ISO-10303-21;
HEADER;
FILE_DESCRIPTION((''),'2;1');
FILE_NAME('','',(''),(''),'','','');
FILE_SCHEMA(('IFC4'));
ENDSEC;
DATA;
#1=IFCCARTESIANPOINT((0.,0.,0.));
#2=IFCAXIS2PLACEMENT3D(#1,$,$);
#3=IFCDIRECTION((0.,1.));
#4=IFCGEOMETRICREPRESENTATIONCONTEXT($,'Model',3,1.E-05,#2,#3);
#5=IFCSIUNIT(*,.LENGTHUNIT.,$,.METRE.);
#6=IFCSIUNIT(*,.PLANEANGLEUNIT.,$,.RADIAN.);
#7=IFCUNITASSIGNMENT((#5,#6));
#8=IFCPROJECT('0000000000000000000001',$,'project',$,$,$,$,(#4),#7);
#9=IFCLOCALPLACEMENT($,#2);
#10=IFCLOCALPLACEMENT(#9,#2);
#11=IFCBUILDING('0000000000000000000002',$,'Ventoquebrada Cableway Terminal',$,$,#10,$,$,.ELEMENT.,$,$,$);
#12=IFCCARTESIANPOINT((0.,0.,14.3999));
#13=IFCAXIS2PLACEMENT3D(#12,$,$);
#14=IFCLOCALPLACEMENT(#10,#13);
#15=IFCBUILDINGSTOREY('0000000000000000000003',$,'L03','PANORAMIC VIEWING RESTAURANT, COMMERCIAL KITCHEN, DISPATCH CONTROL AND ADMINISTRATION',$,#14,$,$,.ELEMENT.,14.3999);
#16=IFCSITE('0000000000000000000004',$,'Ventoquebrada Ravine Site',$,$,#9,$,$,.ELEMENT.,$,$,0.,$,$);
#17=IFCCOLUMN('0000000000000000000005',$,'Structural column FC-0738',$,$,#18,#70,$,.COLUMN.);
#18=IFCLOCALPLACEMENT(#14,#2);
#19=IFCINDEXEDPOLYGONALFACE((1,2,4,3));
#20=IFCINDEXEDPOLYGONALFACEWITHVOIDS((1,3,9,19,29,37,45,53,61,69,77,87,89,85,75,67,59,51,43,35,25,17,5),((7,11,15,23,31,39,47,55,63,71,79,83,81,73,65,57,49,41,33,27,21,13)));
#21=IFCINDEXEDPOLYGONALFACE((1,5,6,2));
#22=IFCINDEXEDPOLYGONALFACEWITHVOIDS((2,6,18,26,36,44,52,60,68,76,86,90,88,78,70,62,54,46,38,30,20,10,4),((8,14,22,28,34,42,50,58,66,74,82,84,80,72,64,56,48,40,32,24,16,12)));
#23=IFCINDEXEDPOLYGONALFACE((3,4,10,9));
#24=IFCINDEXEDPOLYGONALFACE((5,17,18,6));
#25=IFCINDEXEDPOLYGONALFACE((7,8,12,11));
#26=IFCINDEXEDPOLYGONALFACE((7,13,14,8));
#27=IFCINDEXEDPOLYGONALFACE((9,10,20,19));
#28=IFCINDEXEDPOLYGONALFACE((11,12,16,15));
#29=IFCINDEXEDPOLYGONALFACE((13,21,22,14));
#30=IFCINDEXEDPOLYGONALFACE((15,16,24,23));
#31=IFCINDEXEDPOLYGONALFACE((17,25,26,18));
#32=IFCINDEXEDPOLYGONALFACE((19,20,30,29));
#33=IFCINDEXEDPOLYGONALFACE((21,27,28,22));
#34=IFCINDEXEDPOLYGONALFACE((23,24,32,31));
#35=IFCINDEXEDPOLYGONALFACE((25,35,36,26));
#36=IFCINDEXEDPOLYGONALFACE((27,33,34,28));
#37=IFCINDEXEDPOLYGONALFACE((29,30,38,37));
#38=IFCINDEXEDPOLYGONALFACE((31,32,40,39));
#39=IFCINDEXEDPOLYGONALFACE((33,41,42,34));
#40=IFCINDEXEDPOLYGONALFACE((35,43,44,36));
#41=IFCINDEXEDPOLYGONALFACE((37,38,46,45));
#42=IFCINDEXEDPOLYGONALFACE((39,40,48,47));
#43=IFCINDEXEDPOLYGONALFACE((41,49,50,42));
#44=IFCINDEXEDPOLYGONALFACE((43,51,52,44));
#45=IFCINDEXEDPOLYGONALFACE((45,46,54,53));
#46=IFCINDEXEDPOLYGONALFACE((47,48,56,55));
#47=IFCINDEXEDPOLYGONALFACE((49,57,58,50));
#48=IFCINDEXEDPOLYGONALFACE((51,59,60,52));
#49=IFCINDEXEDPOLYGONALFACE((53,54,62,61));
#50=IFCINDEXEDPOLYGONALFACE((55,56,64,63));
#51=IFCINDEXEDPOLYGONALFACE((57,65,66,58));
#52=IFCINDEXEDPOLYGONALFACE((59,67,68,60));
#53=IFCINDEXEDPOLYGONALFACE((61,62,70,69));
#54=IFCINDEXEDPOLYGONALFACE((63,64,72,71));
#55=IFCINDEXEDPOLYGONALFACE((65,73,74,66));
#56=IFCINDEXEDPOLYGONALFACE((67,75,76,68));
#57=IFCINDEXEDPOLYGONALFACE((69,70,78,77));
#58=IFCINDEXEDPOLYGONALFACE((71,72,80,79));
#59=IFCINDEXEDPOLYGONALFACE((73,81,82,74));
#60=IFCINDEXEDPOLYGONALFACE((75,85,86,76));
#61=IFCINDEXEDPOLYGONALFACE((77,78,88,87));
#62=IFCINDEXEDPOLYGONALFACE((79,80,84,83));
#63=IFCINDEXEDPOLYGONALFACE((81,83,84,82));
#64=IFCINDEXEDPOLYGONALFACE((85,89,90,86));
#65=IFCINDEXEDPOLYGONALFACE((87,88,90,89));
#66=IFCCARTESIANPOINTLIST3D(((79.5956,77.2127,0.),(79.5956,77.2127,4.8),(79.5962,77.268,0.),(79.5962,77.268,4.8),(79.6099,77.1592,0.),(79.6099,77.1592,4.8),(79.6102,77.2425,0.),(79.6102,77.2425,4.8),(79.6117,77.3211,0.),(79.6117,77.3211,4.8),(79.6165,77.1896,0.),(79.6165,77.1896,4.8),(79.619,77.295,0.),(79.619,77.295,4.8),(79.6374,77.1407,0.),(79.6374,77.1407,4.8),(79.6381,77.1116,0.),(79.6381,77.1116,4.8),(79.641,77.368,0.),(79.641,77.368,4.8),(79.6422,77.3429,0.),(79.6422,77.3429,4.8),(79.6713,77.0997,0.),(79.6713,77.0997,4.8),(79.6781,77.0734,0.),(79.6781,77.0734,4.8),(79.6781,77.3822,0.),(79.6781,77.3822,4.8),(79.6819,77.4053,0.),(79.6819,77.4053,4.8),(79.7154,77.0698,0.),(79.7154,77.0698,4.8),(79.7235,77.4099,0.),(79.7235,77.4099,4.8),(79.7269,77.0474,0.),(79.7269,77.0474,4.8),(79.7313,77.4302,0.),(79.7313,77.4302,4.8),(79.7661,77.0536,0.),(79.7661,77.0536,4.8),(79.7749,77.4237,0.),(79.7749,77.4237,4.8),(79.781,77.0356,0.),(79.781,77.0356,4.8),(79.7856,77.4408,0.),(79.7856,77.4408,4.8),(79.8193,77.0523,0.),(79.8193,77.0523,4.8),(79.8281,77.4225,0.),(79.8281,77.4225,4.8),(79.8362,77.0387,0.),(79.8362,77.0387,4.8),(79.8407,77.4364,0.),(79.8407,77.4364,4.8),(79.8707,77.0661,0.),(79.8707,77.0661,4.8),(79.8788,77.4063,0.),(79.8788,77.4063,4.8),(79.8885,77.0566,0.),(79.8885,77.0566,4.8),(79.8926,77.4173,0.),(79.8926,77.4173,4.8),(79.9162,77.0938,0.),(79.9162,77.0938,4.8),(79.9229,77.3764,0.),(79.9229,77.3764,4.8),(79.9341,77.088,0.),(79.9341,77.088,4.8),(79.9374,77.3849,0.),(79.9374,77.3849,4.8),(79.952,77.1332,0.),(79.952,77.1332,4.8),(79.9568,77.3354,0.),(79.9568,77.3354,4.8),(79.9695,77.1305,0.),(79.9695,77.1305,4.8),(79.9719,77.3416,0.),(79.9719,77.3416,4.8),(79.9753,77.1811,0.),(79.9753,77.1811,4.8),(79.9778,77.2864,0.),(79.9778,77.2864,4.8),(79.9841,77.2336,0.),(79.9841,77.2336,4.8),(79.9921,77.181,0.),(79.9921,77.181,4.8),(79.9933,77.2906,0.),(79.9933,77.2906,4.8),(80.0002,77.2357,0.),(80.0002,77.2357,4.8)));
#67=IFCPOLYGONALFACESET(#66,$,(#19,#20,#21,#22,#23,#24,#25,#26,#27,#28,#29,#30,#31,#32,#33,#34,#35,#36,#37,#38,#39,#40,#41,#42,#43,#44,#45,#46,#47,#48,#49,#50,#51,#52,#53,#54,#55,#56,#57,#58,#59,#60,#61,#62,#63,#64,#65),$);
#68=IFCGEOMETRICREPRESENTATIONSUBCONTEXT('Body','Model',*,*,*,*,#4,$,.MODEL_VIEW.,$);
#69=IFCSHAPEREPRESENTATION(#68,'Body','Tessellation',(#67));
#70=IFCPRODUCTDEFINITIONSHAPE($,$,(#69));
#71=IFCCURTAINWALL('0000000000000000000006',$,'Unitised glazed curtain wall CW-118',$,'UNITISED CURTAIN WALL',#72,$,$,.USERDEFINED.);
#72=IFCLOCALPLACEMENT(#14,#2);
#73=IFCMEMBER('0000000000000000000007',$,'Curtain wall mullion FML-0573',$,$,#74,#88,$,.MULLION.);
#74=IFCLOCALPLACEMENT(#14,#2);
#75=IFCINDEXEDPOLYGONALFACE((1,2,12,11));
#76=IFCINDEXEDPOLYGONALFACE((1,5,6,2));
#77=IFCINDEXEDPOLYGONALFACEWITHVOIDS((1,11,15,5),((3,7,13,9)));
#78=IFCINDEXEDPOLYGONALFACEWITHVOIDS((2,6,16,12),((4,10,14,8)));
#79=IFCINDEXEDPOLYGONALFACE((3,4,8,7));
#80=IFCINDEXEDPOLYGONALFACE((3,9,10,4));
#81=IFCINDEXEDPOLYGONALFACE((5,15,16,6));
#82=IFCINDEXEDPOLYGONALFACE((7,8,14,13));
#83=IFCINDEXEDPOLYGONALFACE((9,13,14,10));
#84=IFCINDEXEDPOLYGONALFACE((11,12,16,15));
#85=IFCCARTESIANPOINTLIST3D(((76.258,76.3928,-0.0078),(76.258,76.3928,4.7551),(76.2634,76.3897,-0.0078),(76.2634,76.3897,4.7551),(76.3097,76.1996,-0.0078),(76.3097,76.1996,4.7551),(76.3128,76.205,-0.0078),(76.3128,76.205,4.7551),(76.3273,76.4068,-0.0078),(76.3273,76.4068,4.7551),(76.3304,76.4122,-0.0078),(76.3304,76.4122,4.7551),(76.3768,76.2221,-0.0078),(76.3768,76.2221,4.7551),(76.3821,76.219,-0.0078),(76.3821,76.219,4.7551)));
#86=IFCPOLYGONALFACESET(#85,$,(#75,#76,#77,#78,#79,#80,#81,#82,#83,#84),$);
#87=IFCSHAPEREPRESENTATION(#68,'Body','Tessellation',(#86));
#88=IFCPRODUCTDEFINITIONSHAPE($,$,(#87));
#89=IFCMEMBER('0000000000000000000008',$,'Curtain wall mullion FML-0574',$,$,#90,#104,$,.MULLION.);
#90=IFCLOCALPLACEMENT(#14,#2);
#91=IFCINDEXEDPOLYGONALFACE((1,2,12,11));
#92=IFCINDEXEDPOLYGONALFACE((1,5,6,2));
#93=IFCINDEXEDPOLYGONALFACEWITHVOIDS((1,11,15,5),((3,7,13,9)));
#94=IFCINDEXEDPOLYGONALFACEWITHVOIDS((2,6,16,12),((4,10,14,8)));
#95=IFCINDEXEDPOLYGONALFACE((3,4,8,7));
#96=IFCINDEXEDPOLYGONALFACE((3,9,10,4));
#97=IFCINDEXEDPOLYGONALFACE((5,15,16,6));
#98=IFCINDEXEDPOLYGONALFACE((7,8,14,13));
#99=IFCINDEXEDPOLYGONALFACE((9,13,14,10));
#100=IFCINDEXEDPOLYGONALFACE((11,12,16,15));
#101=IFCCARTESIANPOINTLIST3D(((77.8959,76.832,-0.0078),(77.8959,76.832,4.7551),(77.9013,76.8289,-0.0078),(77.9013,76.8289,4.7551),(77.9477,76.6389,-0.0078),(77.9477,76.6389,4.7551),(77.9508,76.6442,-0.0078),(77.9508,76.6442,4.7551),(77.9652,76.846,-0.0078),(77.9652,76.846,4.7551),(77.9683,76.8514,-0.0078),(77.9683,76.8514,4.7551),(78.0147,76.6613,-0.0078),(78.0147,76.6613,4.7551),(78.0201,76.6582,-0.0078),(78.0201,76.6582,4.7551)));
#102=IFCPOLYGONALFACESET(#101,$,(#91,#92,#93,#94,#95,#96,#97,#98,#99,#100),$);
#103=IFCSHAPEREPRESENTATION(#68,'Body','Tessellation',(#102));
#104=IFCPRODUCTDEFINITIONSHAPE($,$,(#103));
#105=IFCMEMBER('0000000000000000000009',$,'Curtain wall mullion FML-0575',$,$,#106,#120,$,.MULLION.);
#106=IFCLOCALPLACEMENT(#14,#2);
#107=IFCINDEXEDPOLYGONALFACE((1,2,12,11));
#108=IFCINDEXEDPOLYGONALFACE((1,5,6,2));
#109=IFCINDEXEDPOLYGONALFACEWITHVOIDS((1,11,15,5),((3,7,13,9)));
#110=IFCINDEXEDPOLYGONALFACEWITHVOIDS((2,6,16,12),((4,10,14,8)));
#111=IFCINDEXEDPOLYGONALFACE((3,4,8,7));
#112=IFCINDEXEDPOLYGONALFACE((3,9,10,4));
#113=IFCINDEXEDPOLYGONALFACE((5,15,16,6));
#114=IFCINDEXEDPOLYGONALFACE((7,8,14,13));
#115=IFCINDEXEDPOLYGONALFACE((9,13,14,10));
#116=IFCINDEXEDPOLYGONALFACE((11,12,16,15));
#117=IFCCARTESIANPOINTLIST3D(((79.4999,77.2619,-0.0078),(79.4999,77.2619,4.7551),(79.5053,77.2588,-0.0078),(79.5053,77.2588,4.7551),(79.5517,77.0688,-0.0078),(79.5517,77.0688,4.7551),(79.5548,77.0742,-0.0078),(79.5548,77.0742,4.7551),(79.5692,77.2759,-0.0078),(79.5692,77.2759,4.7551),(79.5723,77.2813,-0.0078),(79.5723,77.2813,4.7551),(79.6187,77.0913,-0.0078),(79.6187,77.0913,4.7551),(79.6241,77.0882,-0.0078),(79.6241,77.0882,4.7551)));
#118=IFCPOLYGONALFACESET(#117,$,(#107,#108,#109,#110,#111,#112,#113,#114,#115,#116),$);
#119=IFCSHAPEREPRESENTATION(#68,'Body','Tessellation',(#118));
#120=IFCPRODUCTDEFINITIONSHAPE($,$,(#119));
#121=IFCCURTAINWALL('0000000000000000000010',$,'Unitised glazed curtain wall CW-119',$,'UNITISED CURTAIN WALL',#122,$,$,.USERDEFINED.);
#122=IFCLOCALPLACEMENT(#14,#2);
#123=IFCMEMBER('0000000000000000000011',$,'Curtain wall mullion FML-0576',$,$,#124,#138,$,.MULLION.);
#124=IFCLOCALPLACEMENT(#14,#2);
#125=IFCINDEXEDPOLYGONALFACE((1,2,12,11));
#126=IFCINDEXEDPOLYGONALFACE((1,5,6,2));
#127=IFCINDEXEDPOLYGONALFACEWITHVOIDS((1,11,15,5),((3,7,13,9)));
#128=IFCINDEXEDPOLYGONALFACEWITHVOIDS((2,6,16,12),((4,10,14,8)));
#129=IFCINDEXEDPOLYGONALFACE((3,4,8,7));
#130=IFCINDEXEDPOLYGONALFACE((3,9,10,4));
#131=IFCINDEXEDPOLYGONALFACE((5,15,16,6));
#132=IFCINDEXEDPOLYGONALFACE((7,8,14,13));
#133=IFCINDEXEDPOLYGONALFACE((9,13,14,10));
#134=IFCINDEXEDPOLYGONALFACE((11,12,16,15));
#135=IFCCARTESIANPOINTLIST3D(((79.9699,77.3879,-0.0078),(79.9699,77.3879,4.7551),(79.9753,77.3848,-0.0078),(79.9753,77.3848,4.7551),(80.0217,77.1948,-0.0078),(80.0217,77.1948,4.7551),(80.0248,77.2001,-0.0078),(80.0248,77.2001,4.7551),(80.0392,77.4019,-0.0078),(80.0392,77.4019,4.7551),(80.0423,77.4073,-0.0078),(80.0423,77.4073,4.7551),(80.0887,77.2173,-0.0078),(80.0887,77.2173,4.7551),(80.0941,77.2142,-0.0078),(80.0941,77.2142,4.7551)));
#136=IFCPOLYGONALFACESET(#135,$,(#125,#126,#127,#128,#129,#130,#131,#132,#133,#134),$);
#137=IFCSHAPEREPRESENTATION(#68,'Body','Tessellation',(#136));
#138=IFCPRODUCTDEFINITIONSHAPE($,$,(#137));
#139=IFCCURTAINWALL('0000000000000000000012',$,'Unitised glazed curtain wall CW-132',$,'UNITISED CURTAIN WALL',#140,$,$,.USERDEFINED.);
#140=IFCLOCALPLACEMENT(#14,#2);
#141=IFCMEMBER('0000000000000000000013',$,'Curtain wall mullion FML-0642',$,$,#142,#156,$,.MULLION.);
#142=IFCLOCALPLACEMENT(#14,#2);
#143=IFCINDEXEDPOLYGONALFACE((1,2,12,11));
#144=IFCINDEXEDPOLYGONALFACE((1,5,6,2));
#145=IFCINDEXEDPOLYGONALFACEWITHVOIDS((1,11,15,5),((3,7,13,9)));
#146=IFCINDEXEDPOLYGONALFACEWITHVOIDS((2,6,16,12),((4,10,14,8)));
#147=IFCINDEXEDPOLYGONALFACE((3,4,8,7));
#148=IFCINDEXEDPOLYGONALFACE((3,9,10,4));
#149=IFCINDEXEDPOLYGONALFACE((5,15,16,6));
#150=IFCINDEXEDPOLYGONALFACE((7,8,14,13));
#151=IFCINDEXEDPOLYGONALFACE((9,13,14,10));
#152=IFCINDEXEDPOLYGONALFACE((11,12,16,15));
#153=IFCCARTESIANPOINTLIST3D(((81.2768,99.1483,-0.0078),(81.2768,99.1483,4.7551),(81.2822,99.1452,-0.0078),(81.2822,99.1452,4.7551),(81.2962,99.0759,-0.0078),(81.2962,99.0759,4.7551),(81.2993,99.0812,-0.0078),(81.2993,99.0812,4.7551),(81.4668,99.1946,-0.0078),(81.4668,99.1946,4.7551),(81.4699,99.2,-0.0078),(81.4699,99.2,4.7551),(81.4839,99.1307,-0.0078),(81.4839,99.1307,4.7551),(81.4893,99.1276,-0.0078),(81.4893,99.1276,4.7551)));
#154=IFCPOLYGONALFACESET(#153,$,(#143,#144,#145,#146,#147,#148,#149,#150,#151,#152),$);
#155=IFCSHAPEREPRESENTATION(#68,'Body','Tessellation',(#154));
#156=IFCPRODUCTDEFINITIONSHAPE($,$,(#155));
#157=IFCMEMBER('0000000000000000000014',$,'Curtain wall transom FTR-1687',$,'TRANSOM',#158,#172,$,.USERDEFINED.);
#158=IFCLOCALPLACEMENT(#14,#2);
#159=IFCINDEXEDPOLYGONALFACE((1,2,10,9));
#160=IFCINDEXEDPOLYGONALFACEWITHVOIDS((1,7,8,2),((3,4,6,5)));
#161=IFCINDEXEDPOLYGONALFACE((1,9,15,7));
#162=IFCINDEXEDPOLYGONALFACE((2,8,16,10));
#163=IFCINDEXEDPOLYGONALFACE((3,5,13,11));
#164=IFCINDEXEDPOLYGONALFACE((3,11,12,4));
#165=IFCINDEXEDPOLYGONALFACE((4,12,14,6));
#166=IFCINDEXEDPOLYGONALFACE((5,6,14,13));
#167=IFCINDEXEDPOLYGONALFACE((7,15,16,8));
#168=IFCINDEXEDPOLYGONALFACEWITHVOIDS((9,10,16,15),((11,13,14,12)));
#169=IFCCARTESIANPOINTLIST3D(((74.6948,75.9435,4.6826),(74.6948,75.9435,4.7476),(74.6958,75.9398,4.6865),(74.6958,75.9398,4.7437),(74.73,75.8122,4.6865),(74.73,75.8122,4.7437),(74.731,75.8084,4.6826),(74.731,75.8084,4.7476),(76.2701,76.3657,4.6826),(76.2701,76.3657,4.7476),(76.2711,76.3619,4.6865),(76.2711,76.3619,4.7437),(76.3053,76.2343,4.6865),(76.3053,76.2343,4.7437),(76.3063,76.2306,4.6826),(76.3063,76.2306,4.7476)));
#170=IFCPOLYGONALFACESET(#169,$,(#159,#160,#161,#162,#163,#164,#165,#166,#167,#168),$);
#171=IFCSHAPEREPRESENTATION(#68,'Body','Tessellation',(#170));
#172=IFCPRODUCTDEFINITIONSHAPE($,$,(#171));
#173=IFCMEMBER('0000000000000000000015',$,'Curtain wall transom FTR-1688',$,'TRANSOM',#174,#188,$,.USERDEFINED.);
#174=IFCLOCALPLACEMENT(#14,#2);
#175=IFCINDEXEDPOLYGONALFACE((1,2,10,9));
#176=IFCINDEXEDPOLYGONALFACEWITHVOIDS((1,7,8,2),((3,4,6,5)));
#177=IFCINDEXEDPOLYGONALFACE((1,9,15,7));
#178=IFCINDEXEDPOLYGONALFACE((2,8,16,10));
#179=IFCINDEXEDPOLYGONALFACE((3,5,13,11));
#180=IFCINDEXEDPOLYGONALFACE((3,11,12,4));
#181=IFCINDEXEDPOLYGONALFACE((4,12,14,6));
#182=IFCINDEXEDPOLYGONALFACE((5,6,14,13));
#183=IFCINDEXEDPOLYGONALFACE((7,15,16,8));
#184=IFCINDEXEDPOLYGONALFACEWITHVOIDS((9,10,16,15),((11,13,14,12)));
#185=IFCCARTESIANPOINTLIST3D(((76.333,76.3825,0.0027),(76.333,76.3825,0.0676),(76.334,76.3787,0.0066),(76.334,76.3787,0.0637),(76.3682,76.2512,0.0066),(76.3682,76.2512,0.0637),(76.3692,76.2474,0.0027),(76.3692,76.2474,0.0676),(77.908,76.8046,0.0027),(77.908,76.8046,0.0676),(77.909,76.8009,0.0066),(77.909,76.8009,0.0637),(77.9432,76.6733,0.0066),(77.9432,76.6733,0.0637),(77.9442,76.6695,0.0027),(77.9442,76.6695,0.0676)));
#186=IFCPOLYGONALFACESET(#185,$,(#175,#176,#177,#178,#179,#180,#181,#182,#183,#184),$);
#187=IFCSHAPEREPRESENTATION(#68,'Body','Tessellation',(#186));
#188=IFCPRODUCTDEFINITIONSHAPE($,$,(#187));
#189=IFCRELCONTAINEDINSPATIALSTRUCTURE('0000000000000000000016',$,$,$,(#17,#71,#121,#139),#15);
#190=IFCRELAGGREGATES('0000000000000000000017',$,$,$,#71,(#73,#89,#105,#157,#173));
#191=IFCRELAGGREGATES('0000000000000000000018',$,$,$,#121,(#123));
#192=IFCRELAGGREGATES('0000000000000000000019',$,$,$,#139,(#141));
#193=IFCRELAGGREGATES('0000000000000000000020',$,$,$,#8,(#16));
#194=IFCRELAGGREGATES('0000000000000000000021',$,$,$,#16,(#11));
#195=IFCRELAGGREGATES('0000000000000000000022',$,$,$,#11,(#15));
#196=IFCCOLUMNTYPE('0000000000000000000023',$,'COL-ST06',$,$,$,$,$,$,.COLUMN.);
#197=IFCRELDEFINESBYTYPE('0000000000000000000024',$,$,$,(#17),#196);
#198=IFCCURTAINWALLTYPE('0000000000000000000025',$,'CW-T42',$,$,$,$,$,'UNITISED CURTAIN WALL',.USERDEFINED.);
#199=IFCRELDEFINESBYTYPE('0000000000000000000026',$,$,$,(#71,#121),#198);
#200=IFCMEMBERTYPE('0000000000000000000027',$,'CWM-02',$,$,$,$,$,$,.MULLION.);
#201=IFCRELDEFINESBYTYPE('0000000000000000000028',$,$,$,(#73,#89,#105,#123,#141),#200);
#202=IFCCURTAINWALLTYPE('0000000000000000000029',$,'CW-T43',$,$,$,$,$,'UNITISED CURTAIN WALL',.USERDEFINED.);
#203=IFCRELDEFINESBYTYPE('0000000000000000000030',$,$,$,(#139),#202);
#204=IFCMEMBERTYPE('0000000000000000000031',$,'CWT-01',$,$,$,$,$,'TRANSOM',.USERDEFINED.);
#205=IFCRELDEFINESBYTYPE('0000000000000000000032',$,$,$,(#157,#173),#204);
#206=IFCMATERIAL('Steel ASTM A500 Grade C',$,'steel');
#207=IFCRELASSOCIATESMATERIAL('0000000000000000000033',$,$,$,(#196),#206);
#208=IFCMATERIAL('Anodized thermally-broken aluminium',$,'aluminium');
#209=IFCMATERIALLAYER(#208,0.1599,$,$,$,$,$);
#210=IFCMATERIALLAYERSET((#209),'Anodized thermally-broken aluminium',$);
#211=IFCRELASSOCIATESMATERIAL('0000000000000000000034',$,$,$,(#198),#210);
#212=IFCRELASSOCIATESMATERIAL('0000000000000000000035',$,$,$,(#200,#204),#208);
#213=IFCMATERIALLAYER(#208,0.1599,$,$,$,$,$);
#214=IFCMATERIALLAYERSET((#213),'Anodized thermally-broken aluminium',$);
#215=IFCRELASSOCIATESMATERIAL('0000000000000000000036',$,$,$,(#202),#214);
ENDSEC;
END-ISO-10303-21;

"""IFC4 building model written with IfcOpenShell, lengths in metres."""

from ifc_helpers import new_model, si_unit, direction, frame, origin, origin_2d, place, context, subcontext, project, spatial, hollow_rectangle, hollow_circle, extrude, material, layer, layer_set, material_profile, profile_set, type_object, element, aggregate, save


model = new_model("IFC4")

# Units and contexts
model_context = context("Model", 3, precision=1e-05, world=origin(), true_north=direction((0.0, 1.0)))
body_context = subcontext(model_context, "Body", "Model", "MODEL_VIEW")
ifc_project = project(units=[si_unit("LENGTHUNIT", "METRE"), si_unit("PLANEANGLEUNIT", "RADIAN")], contexts=[model_context])

# Site, building, storey
site_placement = place(None, origin())
site = spatial("IfcSite", under=ifc_project, at=site_placement, Name="Ventoquebrada Ravine Site", CompositionType="ELEMENT", RefElevation=0.0)
building_placement = place(site_placement, origin())
building = spatial("IfcBuilding", under=site, at=building_placement, Name="Ventoquebrada Cableway Terminal", CompositionType="ELEMENT")
storey_placement = place(building_placement, frame((0.0, 0.0, 14.3999)))
storey = spatial("IfcBuildingStorey", under=building, at=storey_placement, Name="L03", Description="PANORAMIC VIEWING RESTAURANT, COMMERCIAL KITCHEN, DISPATCH CONTROL AND ADMINISTRATION", CompositionType="ELEMENT", Elevation=14.3999)

# Column
ifc_material_1 = material(Name="Steel ASTM A500 Grade C", Category="steel")
ifc_material_profile_1 = material_profile(ifc_material_1, hollow_circle(Radius=0.2031, WallThickness=0.0161, at=origin_2d()), Name="CHS406.4X16")
ifc_profile_set_1 = profile_set([ifc_material_profile_1], Name="Steel ASTM A500 Grade C")
column_type = type_object("IfcColumnType", Name="COL-ST06", PredefinedType="COLUMN", material=ifc_profile_set_1)
column_placement = place(storey_placement, frame((79.7971, 77.238, 0.0), z_axis=(0.0, 0.0, 1.0), x_axis=(0.965926, 0.258819, 0.0)))
element("IfcColumn", 1, at=column_placement, inside=storey, type_object=column_type, Name="Structural column FC-0738", PredefinedType="COLUMN", context=body_context, shape_type="SweptSolid", body=[
    extrude(hollow_circle(Radius=0.2031, WallThickness=0.0161, at=origin_2d()), origin(), (0.0, 0.0, 1.0), 4.8),
])

# Curtain wall, members
ifc_material_2 = material(Name="Anodized thermally-broken aluminium", Category="aluminium")
ifc_layer_1 = layer(ifc_material_2, 0.1599)
ifc_layer_set_1 = layer_set([ifc_layer_1], Name="Anodized thermally-broken aluminium")
curtain_wall_type_1 = type_object("IfcCurtainWallType", Name="CW-T42", ElementType="UNITISED CURTAIN WALL", PredefinedType="USERDEFINED", material=ifc_layer_set_1)
curtain_wall_1_placement = place(storey_placement, origin())
curtain_wall_1 = element("IfcCurtainWall", 2, at=curtain_wall_1_placement, inside=storey, type_object=curtain_wall_type_1, Name="Unitised glazed curtain wall CW-118", ObjectType="UNITISED CURTAIN WALL", PredefinedType="USERDEFINED")
ifc_material_profile_2 = material_profile(ifc_material_2, hollow_rectangle(XDim=0.075, YDim=0.2, WallThickness=0.0044, at=origin_2d()), Name="CW-MUL-75X200")
ifc_profile_set_2 = profile_set([ifc_material_profile_2], Name="Anodized thermally-broken aluminium")
member_type_1 = type_object("IfcMemberType", Name="CWM-02", PredefinedType="MULLION", material=ifc_profile_set_2)
member_1_placement = place(storey_placement, frame((76.3201, 76.3059, -0.0078), z_axis=(0.0, 0.0, 1.0), x_axis=(0.965957, 0.258701, 0.0)))
member_1 = element("IfcMember", 3, at=member_1_placement, type_object=member_type_1, Name="Curtain wall mullion FML-0573", PredefinedType="MULLION", context=body_context, shape_type="SweptSolid", body=[
    extrude(hollow_rectangle(XDim=0.075, YDim=0.2, WallThickness=0.0044, at=origin_2d()), origin(), (0.0, 0.0, 1.0), 4.7629),
])
member_2_placement = place(storey_placement, frame((77.958, 76.7451, -0.0078), z_axis=(0.0, 0.0, 1.0), x_axis=(0.965957, 0.258701, 0.0)))
member_2 = element("IfcMember", 4, at=member_2_placement, type_object=member_type_1, Name="Curtain wall mullion FML-0574", PredefinedType="MULLION", context=body_context, shape_type="SweptSolid", body=[
    extrude(hollow_rectangle(XDim=0.075, YDim=0.2, WallThickness=0.0044, at=origin_2d()), origin(), (0.0, 0.0, 1.0), 4.7629),
])
member_3_placement = place(storey_placement, frame((79.562, 77.175, -0.0078), z_axis=(0.0, 0.0, 1.0), x_axis=(0.965957, 0.258701, 0.0)))
member_3 = element("IfcMember", 5, at=member_3_placement, type_object=member_type_1, Name="Curtain wall mullion FML-0575", PredefinedType="MULLION", context=body_context, shape_type="SweptSolid", body=[
    extrude(hollow_rectangle(XDim=0.075, YDim=0.2, WallThickness=0.0044, at=origin_2d()), origin(), (0.0, 0.0, 1.0), 4.7629),
])

# Curtain walls, members
curtain_wall_2_placement = place(storey_placement, origin())
curtain_wall_2 = element("IfcCurtainWall", 6, at=curtain_wall_2_placement, inside=storey, type_object=curtain_wall_type_1, Name="Unitised glazed curtain wall CW-119", ObjectType="UNITISED CURTAIN WALL", PredefinedType="USERDEFINED")
member_4_placement = place(storey_placement, frame((80.032, 77.301, -0.0078), z_axis=(0.0, 0.0, 1.0), x_axis=(0.965912, 0.25887, 0.0)))
member_4 = element("IfcMember", 7, at=member_4_placement, type_object=member_type_1, Name="Curtain wall mullion FML-0576", PredefinedType="MULLION", context=body_context, shape_type="SweptSolid", body=[
    extrude(hollow_rectangle(XDim=0.075, YDim=0.2, WallThickness=0.0044, at=origin_2d()), origin(), (0.0, 0.0, 1.0), 4.7629),
])
ifc_layer_2 = layer(ifc_material_2, 0.1599)
ifc_layer_set_2 = layer_set([ifc_layer_2], Name="Anodized thermally-broken aluminium")
curtain_wall_type_2 = type_object("IfcCurtainWallType", Name="CW-T43", ElementType="UNITISED CURTAIN WALL", PredefinedType="USERDEFINED", material=ifc_layer_set_2)
curtain_wall_3_placement = place(storey_placement, origin())
curtain_wall_3 = element("IfcCurtainWall", 8, at=curtain_wall_3_placement, inside=storey, type_object=curtain_wall_type_2, Name="Unitised glazed curtain wall CW-132", ObjectType="UNITISED CURTAIN WALL", PredefinedType="USERDEFINED")
member_5_placement = place(storey_placement, frame((81.3831, 99.1379, -0.0078), z_axis=(0.0, 0.0, 1.0), x_axis=(-0.258836, 0.965921, 0.0)))
member_5 = element("IfcMember", 9, at=member_5_placement, type_object=member_type_1, Name="Curtain wall mullion FML-0642", PredefinedType="MULLION", context=body_context, shape_type="SweptSolid", body=[
    extrude(hollow_rectangle(XDim=0.075, YDim=0.2, WallThickness=0.0044, at=origin_2d()), origin(), (0.0, 0.0, 1.0), 4.7629),
])

# Members
ifc_material_profile_3 = material_profile(ifc_material_2, hollow_rectangle(XDim=0.0649, YDim=0.1399, WallThickness=0.0039, at=origin_2d()), Name="CW-TRN-65X140")
ifc_profile_set_3 = profile_set([ifc_material_profile_3], Name="Anodized thermally-broken aluminium")
member_type_2 = type_object("IfcMemberType", Name="CWT-01", ElementType="TRANSOM", PredefinedType="USERDEFINED", material=ifc_profile_set_3)
member_6_placement = place(storey_placement, frame((74.7129, 75.876, 4.7151), z_axis=(0.965919, 0.258846, 0.0), x_axis=(0.0, 0.0, 1.0)))
member_6 = element("IfcMember", 10, at=member_6_placement, type_object=member_type_2, Name="Curtain wall transom FTR-1687", ObjectType="TRANSOM", PredefinedType="USERDEFINED", context=body_context, shape_type="SweptSolid", body=[
    extrude(hollow_rectangle(XDim=0.0649, YDim=0.1399, WallThickness=0.0039, at=origin_2d()), origin(), (0.0, 0.0, 1.0), 1.6309),
])
member_7_placement = place(storey_placement, frame((76.3511, 76.3149, 0.0352), z_axis=(0.965909, 0.258883, 0.0), x_axis=(0.0, 0.0, 1.0)))
member_7 = element("IfcMember", 11, at=member_7_placement, type_object=member_type_2, Name="Curtain wall transom FTR-1688", ObjectType="TRANSOM", PredefinedType="USERDEFINED", context=body_context, shape_type="SweptSolid", body=[
    extrude(hollow_rectangle(XDim=0.0649, YDim=0.1399, WallThickness=0.0039, at=origin_2d()), origin(), (0.0, 0.0, 1.0), 1.6306),
])

aggregate(curtain_wall_1, [member_1, member_2, member_3, member_6, member_7])
aggregate(curtain_wall_2, [member_4])
aggregate(curtain_wall_3, [member_5])

save(model, "model.ifc")
